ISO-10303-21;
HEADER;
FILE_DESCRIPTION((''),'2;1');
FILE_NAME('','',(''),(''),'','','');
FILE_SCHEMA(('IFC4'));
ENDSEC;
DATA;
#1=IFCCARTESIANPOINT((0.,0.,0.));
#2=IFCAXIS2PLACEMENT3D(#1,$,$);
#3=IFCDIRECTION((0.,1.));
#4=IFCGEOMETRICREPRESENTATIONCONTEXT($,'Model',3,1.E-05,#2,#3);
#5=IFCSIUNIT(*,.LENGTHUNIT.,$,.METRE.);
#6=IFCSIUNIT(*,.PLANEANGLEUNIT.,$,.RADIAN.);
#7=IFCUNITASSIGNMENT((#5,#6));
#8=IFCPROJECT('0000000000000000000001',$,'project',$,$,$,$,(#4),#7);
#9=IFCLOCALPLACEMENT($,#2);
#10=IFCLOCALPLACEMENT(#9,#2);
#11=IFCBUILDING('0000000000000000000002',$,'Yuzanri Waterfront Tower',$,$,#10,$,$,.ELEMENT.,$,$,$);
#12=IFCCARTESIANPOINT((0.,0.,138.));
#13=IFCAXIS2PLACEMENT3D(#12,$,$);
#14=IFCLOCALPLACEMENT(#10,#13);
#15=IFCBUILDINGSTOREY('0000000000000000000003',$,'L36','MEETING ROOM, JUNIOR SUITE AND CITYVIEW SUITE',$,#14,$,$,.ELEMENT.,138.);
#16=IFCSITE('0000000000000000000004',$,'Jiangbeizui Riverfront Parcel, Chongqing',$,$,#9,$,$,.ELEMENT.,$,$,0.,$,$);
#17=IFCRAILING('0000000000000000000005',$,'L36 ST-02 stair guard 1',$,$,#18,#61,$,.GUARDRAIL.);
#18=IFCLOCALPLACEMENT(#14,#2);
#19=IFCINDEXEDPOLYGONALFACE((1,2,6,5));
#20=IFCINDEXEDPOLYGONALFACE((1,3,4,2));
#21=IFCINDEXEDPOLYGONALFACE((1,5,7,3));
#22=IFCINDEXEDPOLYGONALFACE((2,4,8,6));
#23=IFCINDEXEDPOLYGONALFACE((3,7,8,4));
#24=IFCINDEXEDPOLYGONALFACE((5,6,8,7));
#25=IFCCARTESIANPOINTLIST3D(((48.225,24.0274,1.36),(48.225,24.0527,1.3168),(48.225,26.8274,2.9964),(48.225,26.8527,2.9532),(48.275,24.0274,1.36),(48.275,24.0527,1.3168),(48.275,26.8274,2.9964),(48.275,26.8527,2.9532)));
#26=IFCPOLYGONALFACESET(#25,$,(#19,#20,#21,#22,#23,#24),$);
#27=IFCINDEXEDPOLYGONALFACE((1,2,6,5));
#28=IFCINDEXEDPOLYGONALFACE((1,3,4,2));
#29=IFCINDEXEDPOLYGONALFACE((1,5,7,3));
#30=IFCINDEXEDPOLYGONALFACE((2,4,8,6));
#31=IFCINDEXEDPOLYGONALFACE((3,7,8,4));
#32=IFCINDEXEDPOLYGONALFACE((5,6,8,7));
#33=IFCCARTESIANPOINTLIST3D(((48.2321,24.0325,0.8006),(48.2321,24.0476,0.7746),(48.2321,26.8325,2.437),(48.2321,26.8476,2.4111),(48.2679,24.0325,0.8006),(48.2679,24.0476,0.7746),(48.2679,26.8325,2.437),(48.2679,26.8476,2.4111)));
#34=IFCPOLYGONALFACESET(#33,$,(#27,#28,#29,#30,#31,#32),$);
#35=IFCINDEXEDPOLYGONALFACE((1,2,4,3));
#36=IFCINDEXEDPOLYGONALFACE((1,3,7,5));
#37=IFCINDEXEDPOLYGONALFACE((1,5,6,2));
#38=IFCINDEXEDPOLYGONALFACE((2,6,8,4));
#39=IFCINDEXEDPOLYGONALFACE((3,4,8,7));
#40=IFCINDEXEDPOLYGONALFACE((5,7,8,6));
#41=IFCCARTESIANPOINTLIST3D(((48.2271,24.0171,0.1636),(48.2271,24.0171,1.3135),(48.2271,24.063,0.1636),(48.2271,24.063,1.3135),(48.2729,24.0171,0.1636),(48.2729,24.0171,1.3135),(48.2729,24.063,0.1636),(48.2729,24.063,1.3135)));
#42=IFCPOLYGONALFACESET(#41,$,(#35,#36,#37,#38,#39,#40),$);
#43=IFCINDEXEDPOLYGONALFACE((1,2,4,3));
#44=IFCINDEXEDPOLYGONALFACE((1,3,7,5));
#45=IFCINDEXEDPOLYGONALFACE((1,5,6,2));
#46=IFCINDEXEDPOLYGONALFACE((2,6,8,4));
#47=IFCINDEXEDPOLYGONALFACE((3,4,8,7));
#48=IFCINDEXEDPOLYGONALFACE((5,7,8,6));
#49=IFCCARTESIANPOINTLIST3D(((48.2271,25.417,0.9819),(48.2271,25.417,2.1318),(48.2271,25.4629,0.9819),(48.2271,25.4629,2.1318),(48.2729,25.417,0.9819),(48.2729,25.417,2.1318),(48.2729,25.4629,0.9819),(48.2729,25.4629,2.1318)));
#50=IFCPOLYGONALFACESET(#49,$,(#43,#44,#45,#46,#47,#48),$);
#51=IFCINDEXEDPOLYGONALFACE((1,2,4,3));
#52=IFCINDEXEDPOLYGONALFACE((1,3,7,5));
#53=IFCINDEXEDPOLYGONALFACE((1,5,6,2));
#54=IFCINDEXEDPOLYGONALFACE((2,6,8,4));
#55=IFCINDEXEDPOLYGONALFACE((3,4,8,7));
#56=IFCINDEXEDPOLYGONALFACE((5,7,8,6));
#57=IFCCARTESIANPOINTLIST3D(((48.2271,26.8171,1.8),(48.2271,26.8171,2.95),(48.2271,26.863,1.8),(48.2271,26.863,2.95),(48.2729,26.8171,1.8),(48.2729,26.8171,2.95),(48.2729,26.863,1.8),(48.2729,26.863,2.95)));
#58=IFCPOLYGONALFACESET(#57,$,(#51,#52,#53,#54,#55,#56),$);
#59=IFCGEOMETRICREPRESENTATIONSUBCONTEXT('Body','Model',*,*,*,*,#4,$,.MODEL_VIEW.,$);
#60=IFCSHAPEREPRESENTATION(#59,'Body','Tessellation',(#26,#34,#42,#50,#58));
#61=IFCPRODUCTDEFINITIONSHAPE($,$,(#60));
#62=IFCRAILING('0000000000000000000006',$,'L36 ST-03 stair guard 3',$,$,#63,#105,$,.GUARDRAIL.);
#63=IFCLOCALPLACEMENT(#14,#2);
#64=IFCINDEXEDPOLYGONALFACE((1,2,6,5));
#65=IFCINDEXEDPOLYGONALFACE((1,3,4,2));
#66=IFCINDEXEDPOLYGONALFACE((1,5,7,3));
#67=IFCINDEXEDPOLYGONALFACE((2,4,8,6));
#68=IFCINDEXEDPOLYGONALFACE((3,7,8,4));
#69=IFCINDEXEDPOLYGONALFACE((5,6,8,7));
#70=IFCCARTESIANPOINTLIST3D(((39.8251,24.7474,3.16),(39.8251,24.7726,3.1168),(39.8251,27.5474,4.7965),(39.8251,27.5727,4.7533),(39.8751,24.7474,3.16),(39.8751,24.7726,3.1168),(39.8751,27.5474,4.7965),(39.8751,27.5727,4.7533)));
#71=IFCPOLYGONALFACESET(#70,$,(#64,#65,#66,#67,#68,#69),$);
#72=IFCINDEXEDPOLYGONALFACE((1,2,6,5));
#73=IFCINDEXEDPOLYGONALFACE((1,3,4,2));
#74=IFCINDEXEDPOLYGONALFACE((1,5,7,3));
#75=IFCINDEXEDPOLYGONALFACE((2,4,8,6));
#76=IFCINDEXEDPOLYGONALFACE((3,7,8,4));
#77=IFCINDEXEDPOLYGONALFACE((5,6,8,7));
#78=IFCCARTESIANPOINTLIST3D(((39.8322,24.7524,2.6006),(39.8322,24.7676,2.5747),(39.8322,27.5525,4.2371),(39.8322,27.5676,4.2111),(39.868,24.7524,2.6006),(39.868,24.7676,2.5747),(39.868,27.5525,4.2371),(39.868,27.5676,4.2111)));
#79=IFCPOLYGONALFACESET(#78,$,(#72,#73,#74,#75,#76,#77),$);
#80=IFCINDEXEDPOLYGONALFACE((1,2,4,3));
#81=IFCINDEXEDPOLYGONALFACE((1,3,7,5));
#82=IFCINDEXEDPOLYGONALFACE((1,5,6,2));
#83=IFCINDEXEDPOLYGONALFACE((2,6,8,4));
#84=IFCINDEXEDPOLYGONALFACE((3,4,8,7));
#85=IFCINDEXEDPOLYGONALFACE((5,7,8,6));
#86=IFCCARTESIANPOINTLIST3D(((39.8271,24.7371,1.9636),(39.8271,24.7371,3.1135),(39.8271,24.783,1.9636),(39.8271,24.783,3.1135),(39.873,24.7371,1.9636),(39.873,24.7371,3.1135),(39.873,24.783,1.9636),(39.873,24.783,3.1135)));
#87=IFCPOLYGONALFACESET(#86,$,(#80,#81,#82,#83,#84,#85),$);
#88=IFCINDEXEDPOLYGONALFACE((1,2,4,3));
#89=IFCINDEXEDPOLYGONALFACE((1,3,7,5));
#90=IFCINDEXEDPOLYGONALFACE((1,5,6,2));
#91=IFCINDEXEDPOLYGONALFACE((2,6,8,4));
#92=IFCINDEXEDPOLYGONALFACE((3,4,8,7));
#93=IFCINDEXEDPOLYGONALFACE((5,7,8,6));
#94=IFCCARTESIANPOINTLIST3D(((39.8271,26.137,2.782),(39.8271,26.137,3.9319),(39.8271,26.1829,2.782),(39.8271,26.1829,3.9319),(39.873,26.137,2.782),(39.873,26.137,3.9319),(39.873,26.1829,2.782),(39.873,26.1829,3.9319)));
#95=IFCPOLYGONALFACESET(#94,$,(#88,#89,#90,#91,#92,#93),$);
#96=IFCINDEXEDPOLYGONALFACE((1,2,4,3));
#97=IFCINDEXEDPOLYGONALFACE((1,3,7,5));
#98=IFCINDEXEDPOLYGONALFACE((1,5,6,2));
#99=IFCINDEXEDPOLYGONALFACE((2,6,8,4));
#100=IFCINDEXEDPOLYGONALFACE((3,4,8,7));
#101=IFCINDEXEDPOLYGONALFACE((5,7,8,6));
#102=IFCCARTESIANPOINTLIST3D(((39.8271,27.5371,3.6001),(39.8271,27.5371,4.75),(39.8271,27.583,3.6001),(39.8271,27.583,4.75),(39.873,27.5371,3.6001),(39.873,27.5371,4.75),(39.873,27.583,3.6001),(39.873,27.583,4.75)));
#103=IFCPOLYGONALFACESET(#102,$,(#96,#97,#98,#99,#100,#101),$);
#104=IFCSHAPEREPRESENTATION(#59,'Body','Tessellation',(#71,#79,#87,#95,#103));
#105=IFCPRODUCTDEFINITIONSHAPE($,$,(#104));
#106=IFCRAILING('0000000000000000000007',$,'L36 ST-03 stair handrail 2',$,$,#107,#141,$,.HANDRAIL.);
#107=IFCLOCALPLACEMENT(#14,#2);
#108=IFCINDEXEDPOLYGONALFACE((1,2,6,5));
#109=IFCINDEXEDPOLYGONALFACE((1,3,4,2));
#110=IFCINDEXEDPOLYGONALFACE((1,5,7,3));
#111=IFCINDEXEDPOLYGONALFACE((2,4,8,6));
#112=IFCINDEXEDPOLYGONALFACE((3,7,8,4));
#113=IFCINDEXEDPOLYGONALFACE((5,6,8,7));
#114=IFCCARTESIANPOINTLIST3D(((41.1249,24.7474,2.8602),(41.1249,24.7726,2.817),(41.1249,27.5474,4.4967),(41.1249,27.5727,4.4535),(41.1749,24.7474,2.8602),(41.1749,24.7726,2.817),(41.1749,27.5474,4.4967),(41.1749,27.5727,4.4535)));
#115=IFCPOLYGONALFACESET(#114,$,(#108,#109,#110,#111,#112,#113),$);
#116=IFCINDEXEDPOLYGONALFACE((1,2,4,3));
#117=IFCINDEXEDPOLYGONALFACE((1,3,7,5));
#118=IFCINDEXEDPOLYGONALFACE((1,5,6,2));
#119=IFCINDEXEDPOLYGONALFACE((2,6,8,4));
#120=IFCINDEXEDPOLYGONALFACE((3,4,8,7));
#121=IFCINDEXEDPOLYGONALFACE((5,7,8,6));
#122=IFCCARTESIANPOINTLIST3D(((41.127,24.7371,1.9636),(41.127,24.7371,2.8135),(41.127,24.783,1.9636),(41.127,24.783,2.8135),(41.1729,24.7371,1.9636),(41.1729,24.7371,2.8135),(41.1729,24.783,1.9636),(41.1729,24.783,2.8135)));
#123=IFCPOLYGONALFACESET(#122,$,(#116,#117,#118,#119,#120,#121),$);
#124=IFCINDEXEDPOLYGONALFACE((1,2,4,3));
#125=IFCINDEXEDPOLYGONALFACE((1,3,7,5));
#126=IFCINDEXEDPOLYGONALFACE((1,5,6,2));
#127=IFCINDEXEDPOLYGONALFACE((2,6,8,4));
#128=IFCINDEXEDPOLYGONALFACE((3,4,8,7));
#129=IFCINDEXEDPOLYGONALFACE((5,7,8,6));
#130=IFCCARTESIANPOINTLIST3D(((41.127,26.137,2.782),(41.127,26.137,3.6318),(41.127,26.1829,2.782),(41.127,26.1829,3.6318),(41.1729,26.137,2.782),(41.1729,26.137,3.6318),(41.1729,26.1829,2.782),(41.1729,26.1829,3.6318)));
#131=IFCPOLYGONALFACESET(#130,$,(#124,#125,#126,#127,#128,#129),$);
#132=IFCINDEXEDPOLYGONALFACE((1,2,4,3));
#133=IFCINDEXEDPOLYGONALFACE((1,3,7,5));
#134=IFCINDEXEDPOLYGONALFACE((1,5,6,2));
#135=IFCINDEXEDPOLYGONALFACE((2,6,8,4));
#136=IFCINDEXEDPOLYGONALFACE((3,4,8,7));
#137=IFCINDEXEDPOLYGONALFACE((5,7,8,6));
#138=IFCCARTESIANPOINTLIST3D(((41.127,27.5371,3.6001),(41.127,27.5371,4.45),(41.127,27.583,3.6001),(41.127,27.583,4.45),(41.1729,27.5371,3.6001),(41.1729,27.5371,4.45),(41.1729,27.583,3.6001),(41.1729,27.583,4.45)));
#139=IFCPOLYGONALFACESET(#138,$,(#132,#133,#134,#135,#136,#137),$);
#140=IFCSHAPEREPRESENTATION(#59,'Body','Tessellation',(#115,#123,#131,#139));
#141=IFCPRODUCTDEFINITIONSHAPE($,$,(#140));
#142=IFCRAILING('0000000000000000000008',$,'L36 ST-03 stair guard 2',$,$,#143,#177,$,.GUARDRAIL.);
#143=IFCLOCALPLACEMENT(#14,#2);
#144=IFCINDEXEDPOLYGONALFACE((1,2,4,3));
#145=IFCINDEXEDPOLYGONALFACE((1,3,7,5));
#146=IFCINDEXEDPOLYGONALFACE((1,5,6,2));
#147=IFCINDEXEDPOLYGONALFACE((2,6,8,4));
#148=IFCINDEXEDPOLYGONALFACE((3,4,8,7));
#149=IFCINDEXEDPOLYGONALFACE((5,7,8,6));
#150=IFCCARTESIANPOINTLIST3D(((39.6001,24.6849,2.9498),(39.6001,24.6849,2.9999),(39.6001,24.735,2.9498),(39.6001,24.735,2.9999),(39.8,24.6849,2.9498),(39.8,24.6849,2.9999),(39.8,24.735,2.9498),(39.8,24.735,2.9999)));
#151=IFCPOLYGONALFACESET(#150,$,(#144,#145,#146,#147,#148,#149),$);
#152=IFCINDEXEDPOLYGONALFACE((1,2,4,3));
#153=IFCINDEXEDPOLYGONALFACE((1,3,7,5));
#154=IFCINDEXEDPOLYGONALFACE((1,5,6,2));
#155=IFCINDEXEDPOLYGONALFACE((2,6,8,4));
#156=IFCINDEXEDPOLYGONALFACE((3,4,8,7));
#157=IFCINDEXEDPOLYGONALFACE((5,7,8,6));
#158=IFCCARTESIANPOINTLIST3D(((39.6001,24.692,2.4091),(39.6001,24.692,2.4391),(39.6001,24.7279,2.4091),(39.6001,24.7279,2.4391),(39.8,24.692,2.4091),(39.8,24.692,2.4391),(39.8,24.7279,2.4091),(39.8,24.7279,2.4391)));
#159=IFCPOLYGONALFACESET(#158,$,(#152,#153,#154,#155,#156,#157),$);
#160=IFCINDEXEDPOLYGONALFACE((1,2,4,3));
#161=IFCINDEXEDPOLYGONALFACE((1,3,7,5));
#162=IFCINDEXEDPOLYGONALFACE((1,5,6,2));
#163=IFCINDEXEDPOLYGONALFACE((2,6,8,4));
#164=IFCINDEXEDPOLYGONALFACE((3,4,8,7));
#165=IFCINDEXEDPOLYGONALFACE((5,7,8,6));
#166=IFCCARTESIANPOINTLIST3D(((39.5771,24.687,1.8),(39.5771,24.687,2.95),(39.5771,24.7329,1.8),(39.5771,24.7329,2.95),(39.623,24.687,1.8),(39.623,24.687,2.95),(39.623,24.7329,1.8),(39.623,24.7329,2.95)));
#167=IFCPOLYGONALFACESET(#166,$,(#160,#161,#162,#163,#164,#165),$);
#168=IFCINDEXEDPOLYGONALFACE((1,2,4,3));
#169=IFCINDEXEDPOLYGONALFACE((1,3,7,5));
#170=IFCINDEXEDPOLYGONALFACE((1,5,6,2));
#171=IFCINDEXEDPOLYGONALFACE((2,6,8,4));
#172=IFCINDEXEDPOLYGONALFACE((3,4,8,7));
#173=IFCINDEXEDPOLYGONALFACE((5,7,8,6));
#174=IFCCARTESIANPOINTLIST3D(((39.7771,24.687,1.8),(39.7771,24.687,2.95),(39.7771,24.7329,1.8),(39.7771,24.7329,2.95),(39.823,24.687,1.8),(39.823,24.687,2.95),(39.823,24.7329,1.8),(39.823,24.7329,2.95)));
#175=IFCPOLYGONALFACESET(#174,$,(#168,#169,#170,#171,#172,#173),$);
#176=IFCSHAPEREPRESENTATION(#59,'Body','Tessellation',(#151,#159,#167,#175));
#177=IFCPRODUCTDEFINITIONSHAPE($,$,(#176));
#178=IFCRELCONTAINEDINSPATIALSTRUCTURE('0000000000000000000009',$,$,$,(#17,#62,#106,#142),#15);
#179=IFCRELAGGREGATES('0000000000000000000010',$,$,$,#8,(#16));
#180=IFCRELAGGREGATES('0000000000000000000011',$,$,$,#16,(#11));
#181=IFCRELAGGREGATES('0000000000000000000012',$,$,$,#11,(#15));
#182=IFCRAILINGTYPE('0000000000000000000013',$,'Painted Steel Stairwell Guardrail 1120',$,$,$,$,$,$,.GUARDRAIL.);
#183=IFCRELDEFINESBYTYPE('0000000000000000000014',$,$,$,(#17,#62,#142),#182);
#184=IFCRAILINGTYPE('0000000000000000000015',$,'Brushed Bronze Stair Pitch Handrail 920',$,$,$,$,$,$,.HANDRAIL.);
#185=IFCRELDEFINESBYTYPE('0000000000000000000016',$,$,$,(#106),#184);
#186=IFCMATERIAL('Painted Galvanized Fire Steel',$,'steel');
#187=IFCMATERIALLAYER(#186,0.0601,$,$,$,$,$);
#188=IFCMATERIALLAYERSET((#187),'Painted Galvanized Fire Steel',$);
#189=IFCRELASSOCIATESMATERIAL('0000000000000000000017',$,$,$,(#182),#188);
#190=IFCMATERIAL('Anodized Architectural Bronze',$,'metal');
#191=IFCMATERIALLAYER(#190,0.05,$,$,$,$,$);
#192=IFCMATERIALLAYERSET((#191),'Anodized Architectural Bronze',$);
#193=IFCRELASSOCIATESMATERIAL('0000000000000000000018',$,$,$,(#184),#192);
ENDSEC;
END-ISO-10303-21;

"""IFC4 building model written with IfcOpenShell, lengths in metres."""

from ifc_helpers import new_model, si_unit, direction, frame, origin, origin_2d, place, context, subcontext, project, spatial, rectangle, extrude, source, transform, mapped, material, layer, layer_set, type_object, element, save


model = new_model("IFC4")

# Units and contexts
model_context = context("Model", 3, precision=1e-05, world=origin(), true_north=direction((0.0, 1.0)))
body_context = subcontext(model_context, "Body", "Model", "MODEL_VIEW")
ifc_project = project(units=[si_unit("LENGTHUNIT", "METRE"), si_unit("PLANEANGLEUNIT", "RADIAN")], contexts=[model_context])

# Site, building, storey
site_placement = place(None, origin())
site = spatial("IfcSite", under=ifc_project, at=site_placement, Name="Jiangbeizui Riverfront Parcel, Chongqing", CompositionType="ELEMENT", RefElevation=0.0)
building_placement = place(site_placement, origin())
building = spatial("IfcBuilding", under=site, at=building_placement, Name="Yuzanri Waterfront Tower", CompositionType="ELEMENT")
storey_placement = place(building_placement, frame((0.0, 0.0, 138.0)))
storey = spatial("IfcBuildingStorey", under=building, at=storey_placement, Name="L36", Description="MEETING ROOM, JUNIOR SUITE AND CITYVIEW SUITE", CompositionType="ELEMENT", Elevation=138.0)

# Railings
ifc_material_1 = material(Name="Painted Galvanized Fire Steel", Category="steel")
ifc_layer_1 = layer(ifc_material_1, 0.0601)
ifc_layer_set_1 = layer_set([ifc_layer_1], Name="Painted Galvanized Fire Steel")
railing_type_1 = type_object("IfcRailingType", Name="Painted Steel Stairwell Guardrail 1120", PredefinedType="GUARDRAIL", material=ifc_layer_set_1)
shared_shape_1 = source(origin(), body_context, "Body", "SweptSolid", [
    extrude(rectangle(XDim=0.05, YDim=0.05, at=origin_2d()), frame((0.0, 0.0, 1.1748), z_axis=(0.0, 0.863361, 0.504587), x_axis=(-1.0, 0.0, 0.0)), (0.0, 0.0, 1.0), 3.2432),
    extrude(rectangle(XDim=0.0359, YDim=0.03, at=origin_2d()), frame((0.0, 0.0, 0.624), z_axis=(0.0, 0.863361, 0.504587), x_axis=(-1.0, 0.0, 0.0)), (0.0, 0.0, 1.0), 3.2432),
    extrude(rectangle(XDim=0.0459, YDim=0.0459, at=origin_2d()), origin(), (0.0, 0.0, 1.0), 1.1499),
    extrude(rectangle(XDim=0.0459, YDim=0.0459, at=origin_2d()), frame((0.0, 1.3999, 0.8184)), (0.0, 0.0, 1.0), 1.1499),
    extrude(rectangle(XDim=0.0459, YDim=0.0459, at=origin_2d()), frame((0.0, 2.8, 1.6365)), (0.0, 0.0, 1.0), 1.1499),
])
for number, where, name in (
    (1, (48.25, 24.04, 0.1636), "L36 ST-02 stair guard 1"),
    (2, (39.8501, 24.76, 1.9636), "L36 ST-03 stair guard 3"),
):
    element("IfcRailing", number, at=place(storey_placement, frame(where)), inside=storey, type_object=railing_type_1, Name=name, PredefinedType="GUARDRAIL", context=body_context, shape_type="MappedRepresentation", body=[
        mapped(shared_shape_1, transform((0.0, 0.0, 0.0), scale=1.0)),
    ])
ifc_material_2 = material(Name="Anodized Architectural Bronze", Category="metal")
ifc_layer_2 = layer(ifc_material_2, 0.05)
ifc_layer_set_2 = layer_set([ifc_layer_2], Name="Anodized Architectural Bronze")
railing_type_2 = type_object("IfcRailingType", Name="Brushed Bronze Stair Pitch Handrail 920", PredefinedType="HANDRAIL", material=ifc_layer_set_2)
shared_shape_2 = source(origin(), body_context, "Body", "SweptSolid", [
    extrude(rectangle(XDim=0.05, YDim=0.05, at=origin_2d()), frame((0.0, 0.0, 0.875), z_axis=(0.0, 0.863361, 0.504587), x_axis=(-1.0, 0.0, 0.0)), (0.0, 0.0, 1.0), 3.2432),
    extrude(rectangle(XDim=0.0459, YDim=0.0459, at=origin_2d()), origin(), (0.0, 0.0, 1.0), 0.8499),
    extrude(rectangle(XDim=0.0459, YDim=0.0459, at=origin_2d()), frame((0.0, 1.3999, 0.8184)), (0.0, 0.0, 1.0), 0.8499),
    extrude(rectangle(XDim=0.0459, YDim=0.0459, at=origin_2d()), frame((0.0, 2.8, 1.6365)), (0.0, 0.0, 1.0), 0.8499),
])
railing_1_placement = place(storey_placement, frame((41.1499, 24.76, 1.9636)))
element("IfcRailing", 3, at=railing_1_placement, inside=storey, type_object=railing_type_2, Name="L36 ST-03 stair handrail 2", PredefinedType="HANDRAIL", context=body_context, shape_type="MappedRepresentation", body=[
    mapped(shared_shape_2, transform((0.0, 0.0, 0.0), scale=1.0)),
])
shared_shape_3 = source(origin(), body_context, "Body", "SweptSolid", [
    extrude(rectangle(XDim=0.05, YDim=0.05, at=origin_2d()), frame((0.0, 0.0, 1.1748), z_axis=(1.0, 0.0, 0.0), x_axis=(0.0, 1.0, 0.0)), (0.0, 0.0, 1.0), 0.2),
    extrude(rectangle(XDim=0.0359, YDim=0.03, at=origin_2d()), frame((0.0, 0.0, 0.624), z_axis=(1.0, 0.0, 0.0), x_axis=(0.0, 1.0, 0.0)), (0.0, 0.0, 1.0), 0.2),
    extrude(rectangle(XDim=0.0459, YDim=0.0459, at=origin_2d()), origin(), (0.0, 0.0, 1.0), 1.1499),
    extrude(rectangle(XDim=0.0459, YDim=0.0459, at=origin_2d()), frame((0.2, 0.0, 0.0)), (0.0, 0.0, 1.0), 1.1499),
])
railing_2_placement = place(storey_placement, frame((39.6001, 24.71, 1.8)))
element("IfcRailing", 4, at=railing_2_placement, inside=storey, type_object=railing_type_1, Name="L36 ST-03 stair guard 2", PredefinedType="GUARDRAIL", context=body_context, shape_type="MappedRepresentation", body=[
    mapped(shared_shape_3, transform((0.0, 0.0, 0.0), scale=1.0)),
])

save(model, "model.ifc")
